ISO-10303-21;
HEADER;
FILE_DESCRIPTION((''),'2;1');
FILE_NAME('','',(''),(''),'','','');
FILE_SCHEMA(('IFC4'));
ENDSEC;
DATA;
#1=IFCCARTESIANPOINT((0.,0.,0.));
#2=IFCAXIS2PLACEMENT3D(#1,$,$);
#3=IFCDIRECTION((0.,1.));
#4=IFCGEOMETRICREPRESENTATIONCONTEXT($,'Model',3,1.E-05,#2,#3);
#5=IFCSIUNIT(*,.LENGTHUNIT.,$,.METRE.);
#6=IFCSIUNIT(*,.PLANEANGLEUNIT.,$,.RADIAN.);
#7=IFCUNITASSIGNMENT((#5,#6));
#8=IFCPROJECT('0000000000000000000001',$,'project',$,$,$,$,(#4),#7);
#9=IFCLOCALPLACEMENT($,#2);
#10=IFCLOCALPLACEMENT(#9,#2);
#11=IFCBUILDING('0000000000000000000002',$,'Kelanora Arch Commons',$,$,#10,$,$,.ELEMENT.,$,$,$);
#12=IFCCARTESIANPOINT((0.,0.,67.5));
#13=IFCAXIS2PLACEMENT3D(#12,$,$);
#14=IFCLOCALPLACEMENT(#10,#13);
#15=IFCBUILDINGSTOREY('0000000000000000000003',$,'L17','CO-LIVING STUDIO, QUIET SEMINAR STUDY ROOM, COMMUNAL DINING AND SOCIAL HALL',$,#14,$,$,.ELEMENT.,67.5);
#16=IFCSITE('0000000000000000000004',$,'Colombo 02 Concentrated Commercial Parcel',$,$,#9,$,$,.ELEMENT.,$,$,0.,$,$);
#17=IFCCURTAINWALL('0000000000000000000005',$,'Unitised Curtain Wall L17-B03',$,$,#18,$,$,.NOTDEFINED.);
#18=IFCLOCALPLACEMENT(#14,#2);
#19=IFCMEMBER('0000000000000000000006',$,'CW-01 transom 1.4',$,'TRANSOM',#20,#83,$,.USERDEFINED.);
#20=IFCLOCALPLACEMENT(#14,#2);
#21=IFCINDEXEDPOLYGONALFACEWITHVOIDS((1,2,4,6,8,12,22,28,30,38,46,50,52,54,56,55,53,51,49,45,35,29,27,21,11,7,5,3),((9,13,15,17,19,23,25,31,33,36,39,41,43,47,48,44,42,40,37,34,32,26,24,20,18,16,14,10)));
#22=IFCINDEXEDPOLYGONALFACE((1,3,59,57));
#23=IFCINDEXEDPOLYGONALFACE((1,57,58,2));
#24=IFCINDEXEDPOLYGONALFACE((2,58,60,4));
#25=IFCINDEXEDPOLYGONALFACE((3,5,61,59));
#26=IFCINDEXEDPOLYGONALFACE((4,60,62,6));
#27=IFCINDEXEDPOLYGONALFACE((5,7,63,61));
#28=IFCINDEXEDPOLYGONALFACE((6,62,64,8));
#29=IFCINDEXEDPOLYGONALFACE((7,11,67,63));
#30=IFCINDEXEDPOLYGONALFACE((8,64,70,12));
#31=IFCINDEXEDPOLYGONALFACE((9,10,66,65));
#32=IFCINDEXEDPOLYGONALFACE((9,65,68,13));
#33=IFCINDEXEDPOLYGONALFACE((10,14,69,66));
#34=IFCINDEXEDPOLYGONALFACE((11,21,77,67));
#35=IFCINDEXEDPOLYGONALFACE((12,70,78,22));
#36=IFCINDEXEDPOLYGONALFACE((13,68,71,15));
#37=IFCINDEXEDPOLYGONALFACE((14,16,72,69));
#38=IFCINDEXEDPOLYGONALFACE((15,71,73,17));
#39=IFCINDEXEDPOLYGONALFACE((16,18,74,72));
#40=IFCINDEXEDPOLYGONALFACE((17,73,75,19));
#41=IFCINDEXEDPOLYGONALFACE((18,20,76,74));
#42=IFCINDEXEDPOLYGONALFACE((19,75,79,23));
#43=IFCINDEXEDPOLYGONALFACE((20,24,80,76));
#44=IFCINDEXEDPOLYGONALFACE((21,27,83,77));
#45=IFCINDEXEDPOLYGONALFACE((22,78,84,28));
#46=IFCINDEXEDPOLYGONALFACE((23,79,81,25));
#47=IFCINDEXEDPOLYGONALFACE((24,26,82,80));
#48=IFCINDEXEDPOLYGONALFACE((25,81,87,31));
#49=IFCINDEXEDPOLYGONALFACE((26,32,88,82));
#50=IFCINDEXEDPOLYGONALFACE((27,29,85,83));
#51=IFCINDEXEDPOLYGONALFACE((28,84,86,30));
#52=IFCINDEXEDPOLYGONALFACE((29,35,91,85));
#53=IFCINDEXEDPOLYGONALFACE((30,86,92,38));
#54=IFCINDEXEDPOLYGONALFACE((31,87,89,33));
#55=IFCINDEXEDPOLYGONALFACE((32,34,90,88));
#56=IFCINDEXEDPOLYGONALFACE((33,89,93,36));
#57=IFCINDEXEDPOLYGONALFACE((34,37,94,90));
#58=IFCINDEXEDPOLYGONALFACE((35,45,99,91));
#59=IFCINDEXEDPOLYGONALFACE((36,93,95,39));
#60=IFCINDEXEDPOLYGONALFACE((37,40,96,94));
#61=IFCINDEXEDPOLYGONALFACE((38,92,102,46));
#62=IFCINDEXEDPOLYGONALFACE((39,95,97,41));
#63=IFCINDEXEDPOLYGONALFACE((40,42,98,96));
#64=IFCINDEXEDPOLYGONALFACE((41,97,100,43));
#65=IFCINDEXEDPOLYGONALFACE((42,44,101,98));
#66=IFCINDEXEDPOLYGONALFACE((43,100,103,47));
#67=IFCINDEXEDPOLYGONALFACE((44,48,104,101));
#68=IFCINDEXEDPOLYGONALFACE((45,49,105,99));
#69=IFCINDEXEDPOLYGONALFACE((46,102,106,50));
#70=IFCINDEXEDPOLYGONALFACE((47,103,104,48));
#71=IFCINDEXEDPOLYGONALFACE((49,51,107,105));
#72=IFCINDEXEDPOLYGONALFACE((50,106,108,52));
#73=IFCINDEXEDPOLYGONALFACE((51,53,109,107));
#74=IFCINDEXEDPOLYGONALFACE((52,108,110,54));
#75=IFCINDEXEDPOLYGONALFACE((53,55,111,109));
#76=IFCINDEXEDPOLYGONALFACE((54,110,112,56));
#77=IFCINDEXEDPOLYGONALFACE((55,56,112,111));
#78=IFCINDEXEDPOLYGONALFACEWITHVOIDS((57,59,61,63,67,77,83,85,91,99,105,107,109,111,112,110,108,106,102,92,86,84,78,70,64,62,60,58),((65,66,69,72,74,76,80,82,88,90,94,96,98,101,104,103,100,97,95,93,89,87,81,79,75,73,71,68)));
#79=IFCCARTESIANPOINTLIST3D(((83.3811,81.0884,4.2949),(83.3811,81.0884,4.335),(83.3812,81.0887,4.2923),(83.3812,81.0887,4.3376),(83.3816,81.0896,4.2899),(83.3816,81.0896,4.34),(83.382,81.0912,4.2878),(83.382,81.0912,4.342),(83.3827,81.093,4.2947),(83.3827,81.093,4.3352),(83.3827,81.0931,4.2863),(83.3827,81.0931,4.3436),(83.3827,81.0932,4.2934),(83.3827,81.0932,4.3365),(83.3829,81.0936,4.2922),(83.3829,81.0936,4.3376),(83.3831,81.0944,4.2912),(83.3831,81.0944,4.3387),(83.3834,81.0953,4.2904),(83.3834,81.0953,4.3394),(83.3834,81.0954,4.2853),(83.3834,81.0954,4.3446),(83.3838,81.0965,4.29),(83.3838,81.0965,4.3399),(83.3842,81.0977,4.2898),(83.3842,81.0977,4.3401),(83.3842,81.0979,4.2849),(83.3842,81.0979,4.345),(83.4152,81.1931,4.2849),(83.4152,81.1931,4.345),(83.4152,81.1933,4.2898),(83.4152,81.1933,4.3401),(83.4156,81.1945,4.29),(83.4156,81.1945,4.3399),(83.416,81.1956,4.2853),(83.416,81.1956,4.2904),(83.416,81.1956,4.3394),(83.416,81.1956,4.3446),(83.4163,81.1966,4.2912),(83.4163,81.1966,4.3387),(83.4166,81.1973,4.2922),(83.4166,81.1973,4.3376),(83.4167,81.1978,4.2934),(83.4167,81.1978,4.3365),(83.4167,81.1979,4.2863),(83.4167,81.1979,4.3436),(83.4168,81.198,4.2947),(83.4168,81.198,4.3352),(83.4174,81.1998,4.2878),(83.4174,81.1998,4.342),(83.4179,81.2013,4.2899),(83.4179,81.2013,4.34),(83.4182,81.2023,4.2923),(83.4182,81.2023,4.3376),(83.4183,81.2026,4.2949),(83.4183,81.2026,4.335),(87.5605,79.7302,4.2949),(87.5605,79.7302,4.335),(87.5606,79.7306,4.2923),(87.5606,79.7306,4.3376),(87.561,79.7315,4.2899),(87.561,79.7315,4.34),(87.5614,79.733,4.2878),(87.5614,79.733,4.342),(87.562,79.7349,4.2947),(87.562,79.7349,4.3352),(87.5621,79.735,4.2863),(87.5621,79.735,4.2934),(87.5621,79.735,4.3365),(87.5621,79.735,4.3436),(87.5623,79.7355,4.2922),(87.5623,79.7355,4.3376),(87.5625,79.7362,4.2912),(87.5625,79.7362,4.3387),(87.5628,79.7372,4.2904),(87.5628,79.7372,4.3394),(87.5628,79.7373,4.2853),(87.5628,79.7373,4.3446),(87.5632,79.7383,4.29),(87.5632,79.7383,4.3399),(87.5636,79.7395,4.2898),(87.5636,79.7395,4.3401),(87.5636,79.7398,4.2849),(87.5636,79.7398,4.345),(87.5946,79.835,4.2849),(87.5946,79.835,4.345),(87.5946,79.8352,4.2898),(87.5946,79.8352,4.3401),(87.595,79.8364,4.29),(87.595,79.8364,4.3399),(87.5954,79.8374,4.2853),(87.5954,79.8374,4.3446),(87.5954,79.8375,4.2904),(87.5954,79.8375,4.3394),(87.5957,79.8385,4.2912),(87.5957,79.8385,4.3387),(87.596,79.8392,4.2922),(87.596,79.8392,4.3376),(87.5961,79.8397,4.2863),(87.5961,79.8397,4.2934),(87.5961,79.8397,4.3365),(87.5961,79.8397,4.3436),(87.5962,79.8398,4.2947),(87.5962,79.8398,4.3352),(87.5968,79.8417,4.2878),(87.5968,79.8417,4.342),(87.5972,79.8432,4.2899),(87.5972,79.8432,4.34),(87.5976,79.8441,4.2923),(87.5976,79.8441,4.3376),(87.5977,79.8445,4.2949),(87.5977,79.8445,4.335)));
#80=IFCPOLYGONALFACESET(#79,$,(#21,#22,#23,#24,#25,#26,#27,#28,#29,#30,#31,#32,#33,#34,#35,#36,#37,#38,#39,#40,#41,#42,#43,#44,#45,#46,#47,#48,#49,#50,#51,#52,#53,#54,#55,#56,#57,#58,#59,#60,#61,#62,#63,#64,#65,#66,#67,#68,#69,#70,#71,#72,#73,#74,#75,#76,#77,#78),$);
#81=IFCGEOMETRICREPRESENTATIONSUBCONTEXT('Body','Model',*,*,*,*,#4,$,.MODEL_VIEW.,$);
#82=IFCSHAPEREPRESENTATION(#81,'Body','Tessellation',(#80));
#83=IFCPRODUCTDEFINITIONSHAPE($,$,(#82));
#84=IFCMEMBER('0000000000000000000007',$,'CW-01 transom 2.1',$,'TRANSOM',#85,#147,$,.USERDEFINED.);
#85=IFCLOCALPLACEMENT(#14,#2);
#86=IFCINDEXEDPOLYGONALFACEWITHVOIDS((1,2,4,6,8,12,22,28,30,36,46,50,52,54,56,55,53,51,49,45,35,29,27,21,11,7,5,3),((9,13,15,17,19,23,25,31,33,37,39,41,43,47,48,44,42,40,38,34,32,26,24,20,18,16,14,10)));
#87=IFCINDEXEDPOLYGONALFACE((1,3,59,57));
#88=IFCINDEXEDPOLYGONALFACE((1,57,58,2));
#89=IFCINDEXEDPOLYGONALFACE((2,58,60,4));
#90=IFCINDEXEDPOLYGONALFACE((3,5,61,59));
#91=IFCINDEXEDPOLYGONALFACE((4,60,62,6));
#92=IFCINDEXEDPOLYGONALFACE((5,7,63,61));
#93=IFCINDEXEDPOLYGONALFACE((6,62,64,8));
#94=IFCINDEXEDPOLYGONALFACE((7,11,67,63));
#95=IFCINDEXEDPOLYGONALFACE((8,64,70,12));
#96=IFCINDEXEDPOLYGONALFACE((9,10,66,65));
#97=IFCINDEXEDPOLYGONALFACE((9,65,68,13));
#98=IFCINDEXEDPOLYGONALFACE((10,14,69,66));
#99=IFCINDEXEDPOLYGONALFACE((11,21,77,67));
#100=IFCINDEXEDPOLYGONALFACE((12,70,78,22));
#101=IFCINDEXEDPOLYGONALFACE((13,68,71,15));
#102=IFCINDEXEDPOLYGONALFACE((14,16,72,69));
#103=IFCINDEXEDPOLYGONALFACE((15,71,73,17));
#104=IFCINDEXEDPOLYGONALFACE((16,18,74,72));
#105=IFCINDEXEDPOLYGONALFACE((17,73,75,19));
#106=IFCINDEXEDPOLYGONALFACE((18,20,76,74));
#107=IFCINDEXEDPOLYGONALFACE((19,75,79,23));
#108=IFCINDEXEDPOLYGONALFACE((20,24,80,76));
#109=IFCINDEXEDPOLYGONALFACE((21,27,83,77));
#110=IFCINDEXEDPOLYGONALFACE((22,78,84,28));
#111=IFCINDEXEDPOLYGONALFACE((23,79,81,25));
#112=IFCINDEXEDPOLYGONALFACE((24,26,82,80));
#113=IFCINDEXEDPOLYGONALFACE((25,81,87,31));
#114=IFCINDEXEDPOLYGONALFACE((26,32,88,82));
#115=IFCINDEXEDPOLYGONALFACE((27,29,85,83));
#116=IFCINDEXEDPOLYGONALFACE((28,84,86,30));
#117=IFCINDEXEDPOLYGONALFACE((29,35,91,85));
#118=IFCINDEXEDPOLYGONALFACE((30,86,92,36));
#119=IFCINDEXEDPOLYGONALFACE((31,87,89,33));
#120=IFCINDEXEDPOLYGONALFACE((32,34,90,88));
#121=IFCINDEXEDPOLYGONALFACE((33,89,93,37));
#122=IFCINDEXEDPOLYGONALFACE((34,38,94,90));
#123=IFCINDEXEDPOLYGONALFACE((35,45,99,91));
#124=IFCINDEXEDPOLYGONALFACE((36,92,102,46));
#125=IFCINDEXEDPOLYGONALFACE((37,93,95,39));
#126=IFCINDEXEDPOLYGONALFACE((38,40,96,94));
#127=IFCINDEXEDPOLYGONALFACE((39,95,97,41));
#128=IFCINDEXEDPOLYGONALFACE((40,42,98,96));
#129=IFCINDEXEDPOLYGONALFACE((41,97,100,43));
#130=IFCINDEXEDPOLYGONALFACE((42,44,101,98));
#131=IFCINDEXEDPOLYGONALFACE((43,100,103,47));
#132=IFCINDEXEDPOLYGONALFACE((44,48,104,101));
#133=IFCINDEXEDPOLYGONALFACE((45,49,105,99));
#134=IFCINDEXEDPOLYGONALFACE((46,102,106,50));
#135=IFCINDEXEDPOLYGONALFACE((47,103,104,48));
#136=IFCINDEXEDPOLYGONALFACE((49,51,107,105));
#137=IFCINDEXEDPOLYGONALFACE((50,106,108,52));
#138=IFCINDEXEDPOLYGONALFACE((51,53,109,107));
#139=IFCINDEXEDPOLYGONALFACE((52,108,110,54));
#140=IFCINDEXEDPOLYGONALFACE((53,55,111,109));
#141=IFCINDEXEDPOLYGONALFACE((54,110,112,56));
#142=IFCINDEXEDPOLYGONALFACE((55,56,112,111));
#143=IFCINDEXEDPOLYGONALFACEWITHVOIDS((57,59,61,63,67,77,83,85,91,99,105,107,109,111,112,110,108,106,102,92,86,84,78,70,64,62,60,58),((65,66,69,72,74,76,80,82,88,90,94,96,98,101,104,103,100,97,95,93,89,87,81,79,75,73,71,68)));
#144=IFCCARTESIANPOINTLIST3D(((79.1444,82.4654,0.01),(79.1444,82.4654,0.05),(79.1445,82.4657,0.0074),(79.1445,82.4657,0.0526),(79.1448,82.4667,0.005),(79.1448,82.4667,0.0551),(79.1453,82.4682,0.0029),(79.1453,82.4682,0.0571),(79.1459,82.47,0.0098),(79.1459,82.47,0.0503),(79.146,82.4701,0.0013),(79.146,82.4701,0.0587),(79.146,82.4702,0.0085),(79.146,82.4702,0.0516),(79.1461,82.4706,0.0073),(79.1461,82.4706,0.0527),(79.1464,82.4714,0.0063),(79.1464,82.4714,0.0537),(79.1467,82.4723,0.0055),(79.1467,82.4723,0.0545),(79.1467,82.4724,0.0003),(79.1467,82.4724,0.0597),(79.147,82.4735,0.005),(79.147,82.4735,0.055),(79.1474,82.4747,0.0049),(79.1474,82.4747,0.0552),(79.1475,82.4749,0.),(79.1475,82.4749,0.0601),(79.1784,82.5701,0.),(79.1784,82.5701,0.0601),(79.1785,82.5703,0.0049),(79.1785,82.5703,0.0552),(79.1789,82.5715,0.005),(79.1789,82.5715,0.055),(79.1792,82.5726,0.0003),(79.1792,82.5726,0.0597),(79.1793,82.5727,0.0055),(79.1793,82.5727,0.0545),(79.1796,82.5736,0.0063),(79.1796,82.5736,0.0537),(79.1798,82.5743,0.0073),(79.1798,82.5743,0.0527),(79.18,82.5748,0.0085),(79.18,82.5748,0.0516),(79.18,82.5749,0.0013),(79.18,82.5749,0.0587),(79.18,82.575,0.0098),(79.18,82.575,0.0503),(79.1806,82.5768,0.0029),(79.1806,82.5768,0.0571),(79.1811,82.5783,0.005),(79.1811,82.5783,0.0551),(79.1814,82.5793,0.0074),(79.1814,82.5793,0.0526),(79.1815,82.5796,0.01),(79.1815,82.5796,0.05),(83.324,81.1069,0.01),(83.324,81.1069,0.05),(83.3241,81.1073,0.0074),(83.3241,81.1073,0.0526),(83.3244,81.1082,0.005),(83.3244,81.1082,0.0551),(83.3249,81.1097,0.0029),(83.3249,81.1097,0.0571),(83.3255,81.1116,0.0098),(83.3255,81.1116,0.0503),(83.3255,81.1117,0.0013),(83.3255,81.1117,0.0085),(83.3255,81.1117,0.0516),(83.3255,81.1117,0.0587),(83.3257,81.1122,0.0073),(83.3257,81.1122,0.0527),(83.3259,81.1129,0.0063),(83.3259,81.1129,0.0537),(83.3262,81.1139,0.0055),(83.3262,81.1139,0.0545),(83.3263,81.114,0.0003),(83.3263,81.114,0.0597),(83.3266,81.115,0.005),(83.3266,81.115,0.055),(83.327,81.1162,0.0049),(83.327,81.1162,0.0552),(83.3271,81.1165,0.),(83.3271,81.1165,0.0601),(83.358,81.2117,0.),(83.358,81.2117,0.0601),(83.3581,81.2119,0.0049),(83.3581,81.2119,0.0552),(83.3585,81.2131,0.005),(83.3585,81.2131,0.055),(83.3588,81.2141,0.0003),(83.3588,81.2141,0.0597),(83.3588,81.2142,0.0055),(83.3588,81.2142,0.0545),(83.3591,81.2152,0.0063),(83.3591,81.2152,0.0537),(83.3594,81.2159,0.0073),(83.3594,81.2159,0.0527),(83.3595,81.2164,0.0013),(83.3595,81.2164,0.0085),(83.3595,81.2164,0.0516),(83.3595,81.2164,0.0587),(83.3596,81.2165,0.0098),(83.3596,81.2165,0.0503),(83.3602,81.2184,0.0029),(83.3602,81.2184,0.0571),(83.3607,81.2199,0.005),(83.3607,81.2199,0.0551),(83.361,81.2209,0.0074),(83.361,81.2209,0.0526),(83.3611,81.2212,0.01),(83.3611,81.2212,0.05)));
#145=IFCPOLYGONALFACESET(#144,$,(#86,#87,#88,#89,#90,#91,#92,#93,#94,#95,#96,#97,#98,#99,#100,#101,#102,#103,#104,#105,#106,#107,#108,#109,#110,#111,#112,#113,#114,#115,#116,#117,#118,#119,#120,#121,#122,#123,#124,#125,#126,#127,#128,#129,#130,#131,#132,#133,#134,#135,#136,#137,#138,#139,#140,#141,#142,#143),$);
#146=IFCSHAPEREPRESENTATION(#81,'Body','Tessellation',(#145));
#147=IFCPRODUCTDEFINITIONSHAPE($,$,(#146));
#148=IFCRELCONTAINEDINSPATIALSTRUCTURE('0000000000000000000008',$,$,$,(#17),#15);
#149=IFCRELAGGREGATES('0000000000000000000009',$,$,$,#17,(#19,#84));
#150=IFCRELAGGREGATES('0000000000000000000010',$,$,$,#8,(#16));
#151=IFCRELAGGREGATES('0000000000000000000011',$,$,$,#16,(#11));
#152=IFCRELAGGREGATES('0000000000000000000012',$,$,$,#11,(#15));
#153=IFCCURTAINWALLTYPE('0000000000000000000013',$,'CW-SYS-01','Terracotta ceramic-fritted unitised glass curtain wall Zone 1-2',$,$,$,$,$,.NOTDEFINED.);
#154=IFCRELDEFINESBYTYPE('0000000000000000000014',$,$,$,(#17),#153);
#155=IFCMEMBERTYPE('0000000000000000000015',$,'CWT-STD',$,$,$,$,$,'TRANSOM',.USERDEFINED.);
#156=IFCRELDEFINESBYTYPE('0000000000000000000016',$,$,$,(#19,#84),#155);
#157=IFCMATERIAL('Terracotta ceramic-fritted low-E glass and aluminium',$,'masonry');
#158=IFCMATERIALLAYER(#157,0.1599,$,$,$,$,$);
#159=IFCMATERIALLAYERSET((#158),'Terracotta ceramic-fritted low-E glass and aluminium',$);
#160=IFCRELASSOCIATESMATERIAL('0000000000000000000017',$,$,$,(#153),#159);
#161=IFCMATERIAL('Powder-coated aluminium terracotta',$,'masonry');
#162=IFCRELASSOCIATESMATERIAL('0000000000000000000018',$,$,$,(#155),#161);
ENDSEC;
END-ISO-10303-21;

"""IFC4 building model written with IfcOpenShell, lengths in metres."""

from ifc_helpers import new_model, si_unit, direction, frame, origin, origin_2d, place, context, subcontext, project, spatial, hollow_rectangle, extrude, material, layer, layer_set, material_profile, profile_set, type_object, element, aggregate, save


model = new_model("IFC4")

# Units and contexts
model_context = context("Model", 3, precision=1e-05, world=origin(), true_north=direction((0.0, 1.0)))
body_context = subcontext(model_context, "Body", "Model", "MODEL_VIEW")
ifc_project = project(units=[si_unit("LENGTHUNIT", "METRE"), si_unit("PLANEANGLEUNIT", "RADIAN")], contexts=[model_context])

# Site, building, storey
site_placement = place(None, origin())
site = spatial("IfcSite", under=ifc_project, at=site_placement, Name="Colombo 02 Concentrated Commercial Parcel", CompositionType="ELEMENT", RefElevation=0.0)
building_placement = place(site_placement, origin())
building = spatial("IfcBuilding", under=site, at=building_placement, Name="Kelanora Arch Commons", CompositionType="ELEMENT")
storey_placement = place(building_placement, frame((0.0, 0.0, 67.5)))
storey = spatial("IfcBuildingStorey", under=building, at=storey_placement, Name="L17", Description="CO-LIVING STUDIO, QUIET SEMINAR STUDY ROOM, COMMUNAL DINING AND SOCIAL HALL", CompositionType="ELEMENT", Elevation=67.5)

# Curtain wall, members
ifc_material_1 = material(Name="Terracotta ceramic-fritted low-E glass and aluminium", Category="masonry")
ifc_layer_1 = layer(ifc_material_1, 0.1599)
ifc_layer_set_1 = layer_set([ifc_layer_1], Name="Terracotta ceramic-fritted low-E glass and aluminium")
curtain_wall_type = type_object("IfcCurtainWallType", Name="CW-SYS-01", Description="Terracotta ceramic-fritted unitised glass curtain wall Zone 1-2", PredefinedType="NOTDEFINED", material=ifc_layer_set_1)
curtain_wall_placement = place(storey_placement, origin())
curtain_wall = element("IfcCurtainWall", 1, at=curtain_wall_placement, inside=storey, type_object=curtain_wall_type, Name="Unitised Curtain Wall L17-B03", PredefinedType="NOTDEFINED")
ifc_material_2 = material(Name="Powder-coated aluminium terracotta", Category="masonry")
ifc_material_profile_1 = material_profile(ifc_material_2, hollow_rectangle(XDim=0.1201, YDim=0.0601, WallThickness=0.0049, InnerFilletRadius=0.0049, OuterFilletRadius=0.01, at=origin_2d()), Name="CWT120x60")
ifc_profile_set_1 = profile_set([ifc_material_profile_1], Name="Powder-coated aluminium terracotta")
member_type_1 = type_object("IfcMemberType", Name="CWT-STD", ElementType="TRANSOM", PredefinedType="USERDEFINED", material=ifc_profile_set_1)
member_1_placement = place(storey_placement, frame((87.5791, 79.7874, 4.3149), z_axis=(-0.951045, 0.309052, 0.0), x_axis=(-0.309052, -0.951045, 0.0)))
member_1 = element("IfcMember", 2, at=member_1_placement, type_object=member_type_1, Name="CW-01 transom 1.4", ObjectType="TRANSOM", PredefinedType="USERDEFINED", context=body_context, shape_type="SweptSolid", body=[
    extrude(hollow_rectangle(XDim=0.1201, YDim=0.0601, WallThickness=0.0049, InnerFilletRadius=0.0049, OuterFilletRadius=0.01, at=origin_2d()), origin(), (0.0, 0.0, 1.0), 4.3945),
])
member_2_placement = place(storey_placement, frame((83.3425, 81.1641, 0.03), z_axis=(-0.951029, 0.309102, 0.0), x_axis=(-0.309102, -0.951029, 0.0)))
member_2 = element("IfcMember", 3, at=member_2_placement, type_object=member_type_1, Name="CW-01 transom 2.1", ObjectType="TRANSOM", PredefinedType="USERDEFINED", context=body_context, shape_type="SweptSolid", body=[
    extrude(hollow_rectangle(XDim=0.1201, YDim=0.0601, WallThickness=0.0049, InnerFilletRadius=0.0049, OuterFilletRadius=0.01, at=origin_2d()), origin(), (0.0, 0.0, 1.0), 4.3948),
])
aggregate(curtain_wall, [member_1, member_2])

save(model, "model.ifc")
